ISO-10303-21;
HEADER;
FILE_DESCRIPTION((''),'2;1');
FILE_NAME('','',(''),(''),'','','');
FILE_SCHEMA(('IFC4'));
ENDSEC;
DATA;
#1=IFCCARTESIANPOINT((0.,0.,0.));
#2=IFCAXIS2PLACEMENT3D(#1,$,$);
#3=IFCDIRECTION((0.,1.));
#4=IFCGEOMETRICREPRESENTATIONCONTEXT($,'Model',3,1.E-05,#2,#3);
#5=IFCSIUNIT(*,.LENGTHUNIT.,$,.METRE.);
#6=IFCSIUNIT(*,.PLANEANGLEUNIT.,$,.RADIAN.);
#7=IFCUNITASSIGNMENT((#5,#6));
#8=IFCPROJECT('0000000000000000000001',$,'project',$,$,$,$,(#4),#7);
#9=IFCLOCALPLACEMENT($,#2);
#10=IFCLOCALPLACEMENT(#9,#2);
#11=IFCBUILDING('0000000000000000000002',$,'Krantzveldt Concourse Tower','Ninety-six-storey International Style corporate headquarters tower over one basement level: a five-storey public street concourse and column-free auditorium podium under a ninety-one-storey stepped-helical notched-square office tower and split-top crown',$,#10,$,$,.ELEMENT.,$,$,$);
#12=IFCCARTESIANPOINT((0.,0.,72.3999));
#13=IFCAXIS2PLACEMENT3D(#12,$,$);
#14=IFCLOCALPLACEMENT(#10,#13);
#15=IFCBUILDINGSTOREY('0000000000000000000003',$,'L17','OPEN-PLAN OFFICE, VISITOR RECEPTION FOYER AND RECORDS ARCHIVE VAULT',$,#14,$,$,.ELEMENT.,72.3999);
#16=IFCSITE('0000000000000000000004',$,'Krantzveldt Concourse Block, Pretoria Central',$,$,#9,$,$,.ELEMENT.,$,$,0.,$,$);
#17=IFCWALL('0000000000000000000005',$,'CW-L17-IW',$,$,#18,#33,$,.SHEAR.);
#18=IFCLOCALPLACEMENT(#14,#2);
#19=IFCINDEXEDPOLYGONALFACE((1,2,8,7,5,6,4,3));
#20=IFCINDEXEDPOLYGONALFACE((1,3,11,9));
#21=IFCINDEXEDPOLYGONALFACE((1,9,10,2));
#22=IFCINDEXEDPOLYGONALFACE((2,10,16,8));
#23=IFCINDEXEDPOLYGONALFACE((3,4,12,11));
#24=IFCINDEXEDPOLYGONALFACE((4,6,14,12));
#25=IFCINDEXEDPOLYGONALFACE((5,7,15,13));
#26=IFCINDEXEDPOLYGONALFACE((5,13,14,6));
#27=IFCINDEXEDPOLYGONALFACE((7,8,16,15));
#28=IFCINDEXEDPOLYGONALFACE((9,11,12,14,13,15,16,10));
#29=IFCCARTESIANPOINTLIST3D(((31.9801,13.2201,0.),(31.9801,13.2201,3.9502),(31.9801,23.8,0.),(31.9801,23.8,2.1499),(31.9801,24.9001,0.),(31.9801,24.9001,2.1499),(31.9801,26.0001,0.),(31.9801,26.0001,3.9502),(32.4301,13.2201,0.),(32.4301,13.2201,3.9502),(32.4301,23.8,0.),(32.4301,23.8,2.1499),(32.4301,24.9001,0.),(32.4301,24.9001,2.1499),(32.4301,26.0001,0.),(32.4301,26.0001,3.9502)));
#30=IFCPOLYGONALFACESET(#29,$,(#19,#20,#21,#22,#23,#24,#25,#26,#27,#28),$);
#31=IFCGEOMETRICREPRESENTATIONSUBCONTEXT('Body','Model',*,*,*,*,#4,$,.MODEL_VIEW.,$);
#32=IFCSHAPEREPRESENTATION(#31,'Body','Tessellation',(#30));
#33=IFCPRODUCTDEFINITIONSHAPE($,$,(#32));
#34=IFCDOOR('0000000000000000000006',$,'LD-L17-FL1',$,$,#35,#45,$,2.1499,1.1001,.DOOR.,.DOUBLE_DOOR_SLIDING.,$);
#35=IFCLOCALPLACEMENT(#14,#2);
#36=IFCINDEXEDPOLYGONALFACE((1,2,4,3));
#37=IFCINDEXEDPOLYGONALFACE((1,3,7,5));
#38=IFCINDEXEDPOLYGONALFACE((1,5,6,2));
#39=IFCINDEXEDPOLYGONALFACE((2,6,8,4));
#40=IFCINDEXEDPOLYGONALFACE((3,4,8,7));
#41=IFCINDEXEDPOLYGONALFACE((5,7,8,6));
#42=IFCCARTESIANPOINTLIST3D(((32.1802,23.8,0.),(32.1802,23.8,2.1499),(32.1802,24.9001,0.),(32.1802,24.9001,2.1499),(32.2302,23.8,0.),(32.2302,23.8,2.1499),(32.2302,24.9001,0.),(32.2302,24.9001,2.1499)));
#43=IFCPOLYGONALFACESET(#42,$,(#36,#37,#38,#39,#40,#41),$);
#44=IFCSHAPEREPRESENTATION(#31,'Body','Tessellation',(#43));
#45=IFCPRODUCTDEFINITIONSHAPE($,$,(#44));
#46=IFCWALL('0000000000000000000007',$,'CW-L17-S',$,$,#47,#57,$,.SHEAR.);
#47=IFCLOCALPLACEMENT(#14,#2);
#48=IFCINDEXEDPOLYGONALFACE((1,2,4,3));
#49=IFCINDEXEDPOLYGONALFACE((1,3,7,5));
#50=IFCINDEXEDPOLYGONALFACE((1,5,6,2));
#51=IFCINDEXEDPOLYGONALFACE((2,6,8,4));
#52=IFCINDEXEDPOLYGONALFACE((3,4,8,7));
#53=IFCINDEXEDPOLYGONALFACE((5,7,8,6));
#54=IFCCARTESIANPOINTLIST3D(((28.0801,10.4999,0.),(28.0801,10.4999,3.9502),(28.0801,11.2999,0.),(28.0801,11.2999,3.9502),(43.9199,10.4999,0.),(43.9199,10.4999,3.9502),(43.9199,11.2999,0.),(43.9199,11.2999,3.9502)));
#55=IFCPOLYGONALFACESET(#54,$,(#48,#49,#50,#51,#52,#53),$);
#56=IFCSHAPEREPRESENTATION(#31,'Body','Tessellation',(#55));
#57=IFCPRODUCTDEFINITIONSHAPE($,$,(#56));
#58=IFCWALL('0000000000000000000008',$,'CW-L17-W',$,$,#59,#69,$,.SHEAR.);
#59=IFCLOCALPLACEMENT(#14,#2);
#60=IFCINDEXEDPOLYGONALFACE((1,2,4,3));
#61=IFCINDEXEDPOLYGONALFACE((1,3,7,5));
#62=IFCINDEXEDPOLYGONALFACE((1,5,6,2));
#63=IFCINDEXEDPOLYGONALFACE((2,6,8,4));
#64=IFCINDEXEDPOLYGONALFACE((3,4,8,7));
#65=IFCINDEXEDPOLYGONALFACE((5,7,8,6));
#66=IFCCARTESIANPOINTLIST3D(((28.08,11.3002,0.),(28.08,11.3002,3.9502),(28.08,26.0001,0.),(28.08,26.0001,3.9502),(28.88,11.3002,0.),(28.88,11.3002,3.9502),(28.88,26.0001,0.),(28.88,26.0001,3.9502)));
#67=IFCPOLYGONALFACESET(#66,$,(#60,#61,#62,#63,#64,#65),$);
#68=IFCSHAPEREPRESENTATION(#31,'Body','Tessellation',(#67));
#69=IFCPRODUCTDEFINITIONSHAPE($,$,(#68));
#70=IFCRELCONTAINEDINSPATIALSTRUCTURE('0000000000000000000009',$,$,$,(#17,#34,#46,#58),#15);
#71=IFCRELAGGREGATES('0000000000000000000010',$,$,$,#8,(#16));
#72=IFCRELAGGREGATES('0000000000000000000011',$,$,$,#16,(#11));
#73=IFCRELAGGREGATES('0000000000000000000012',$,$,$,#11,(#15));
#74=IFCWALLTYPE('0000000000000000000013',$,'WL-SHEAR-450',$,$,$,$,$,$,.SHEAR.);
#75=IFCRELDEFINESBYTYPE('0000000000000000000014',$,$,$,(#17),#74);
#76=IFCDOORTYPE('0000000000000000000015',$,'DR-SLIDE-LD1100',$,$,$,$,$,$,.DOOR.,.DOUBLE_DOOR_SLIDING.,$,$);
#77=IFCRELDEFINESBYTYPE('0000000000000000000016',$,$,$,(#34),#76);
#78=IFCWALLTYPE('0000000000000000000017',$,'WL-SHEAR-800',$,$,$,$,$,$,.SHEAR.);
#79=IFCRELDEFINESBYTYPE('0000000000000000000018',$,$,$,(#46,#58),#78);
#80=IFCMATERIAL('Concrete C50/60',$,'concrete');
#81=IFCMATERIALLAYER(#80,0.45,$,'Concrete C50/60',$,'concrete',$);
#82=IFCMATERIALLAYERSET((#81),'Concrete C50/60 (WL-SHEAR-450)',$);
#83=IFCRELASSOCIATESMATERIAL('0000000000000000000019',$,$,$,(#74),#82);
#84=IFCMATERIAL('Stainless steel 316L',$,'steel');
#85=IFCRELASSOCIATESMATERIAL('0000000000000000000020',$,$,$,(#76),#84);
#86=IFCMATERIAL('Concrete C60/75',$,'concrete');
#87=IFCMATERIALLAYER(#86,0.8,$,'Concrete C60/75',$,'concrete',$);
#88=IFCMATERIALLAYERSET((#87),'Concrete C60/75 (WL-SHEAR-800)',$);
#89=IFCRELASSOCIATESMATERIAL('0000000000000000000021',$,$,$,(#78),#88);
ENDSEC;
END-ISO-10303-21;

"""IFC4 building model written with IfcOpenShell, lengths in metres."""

from ifc_helpers import new_model, si_unit, direction, frame, frame_2d, origin, place, context, subcontext, project, spatial, rectangle, extrude, material, layer, layer_set, type_object, element, fill, save


model = new_model("IFC4")

# Units and contexts
model_context = context("Model", 3, precision=1e-05, world=origin(), true_north=direction((0.0, 1.0)))
body_context = subcontext(model_context, "Body", "Model", "MODEL_VIEW")
ifc_project = project(units=[si_unit("LENGTHUNIT", "METRE"), si_unit("PLANEANGLEUNIT", "RADIAN")], contexts=[model_context])

# Site, building, storey
site_placement = place(None, origin())
site = spatial("IfcSite", under=ifc_project, at=site_placement, Name="Krantzveldt Concourse Block, Pretoria Central", CompositionType="ELEMENT", RefElevation=0.0)
building_placement = place(site_placement, origin())
building = spatial("IfcBuilding", under=site, at=building_placement, Name="Krantzveldt Concourse Tower", Description="Ninety-six-storey International Style corporate headquarters tower over one basement level: a five-storey public street concourse and column-free auditorium podium under a ninety-one-storey stepped-helical notched-square office tower and split-top crown", CompositionType="ELEMENT")
storey_placement = place(building_placement, frame((0.0, 0.0, 72.3999)))
storey = spatial("IfcBuildingStorey", under=building, at=storey_placement, Name="L17", Description="OPEN-PLAN OFFICE, VISITOR RECEPTION FOYER AND RECORDS ARCHIVE VAULT", CompositionType="ELEMENT", Elevation=72.3999)

# Wall, opening, door
ifc_material_1 = material(Name="Concrete C50/60", Category="concrete")
ifc_layer_1 = layer(ifc_material_1, 0.45, Name="Concrete C50/60", Category="concrete")
ifc_layer_set_1 = layer_set([ifc_layer_1], Name="Concrete C50/60 (WL-SHEAR-450)")
wall_type_1 = type_object("IfcWallType", Name="WL-SHEAR-450", PredefinedType="SHEAR", material=ifc_layer_set_1)
wall_1_placement = place(storey_placement, frame((32.2051, 13.22, 0.0), z_axis=(0.0, 0.0, 1.0), x_axis=(0.0, 1.0, 0.0)))
wall_1 = element("IfcWall", 1, at=wall_1_placement, inside=storey, type_object=wall_type_1, Name="CW-L17-IW", PredefinedType="SHEAR", context=body_context, shape_type="SweptSolid", body=[
    extrude(rectangle(XDim=12.78, YDim=0.45, at=frame_2d((6.3901, 0.0))), origin(), (0.0, 0.0, 1.0), 3.9502),
])
opening_1_placement = place(wall_1_placement, frame((10.5801, 0.0, 0.0)))
opening_1 = element("IfcOpeningElement", 2, at=opening_1_placement, cuts=wall_1, PredefinedType="OPENING", context=body_context, shape_type="SweptSolid", body=[
    extrude(rectangle(XDim=1.1001, YDim=2.1499, at=frame_2d((0.55, 1.075))), frame((0.0, 0.2349, 0.0), z_axis=(0.0, -1.0, 0.0), x_axis=(1.0, 0.0, 0.0)), (0.0, 0.0, 1.0), 0.47),
])
ifc_material_2 = material(Name="Stainless steel 316L", Category="steel")
door_type_1 = type_object("IfcDoorType", Name="DR-SLIDE-LD1100", OperationType="DOUBLE_DOOR_SLIDING", PredefinedType="DOOR", material=ifc_material_2)
door_1_placement = place(opening_1_placement, origin())
door_1 = element("IfcDoor", 3, at=door_1_placement, inside=storey, type_object=door_type_1, Name="LD-L17-FL1", OperationType="DOUBLE_DOOR_SLIDING", OverallHeight=2.1499, OverallWidth=1.1001, PredefinedType="DOOR", context=body_context, shape_type="SweptSolid", body=[
    extrude(rectangle(XDim=1.1001, YDim=2.1499, at=frame_2d((0.55, 1.075))), frame((0.0, 0.0249, 0.0), z_axis=(0.0, -1.0, 0.0), x_axis=(1.0, 0.0, 0.0)), (0.0, 0.0, 1.0), 0.05),
])
fill(opening_1, door_1)

# Walls
ifc_material_3 = material(Name="Concrete C60/75", Category="concrete")
ifc_layer_2 = layer(ifc_material_3, 0.8, Name="Concrete C60/75", Category="concrete")
ifc_layer_set_2 = layer_set([ifc_layer_2], Name="Concrete C60/75 (WL-SHEAR-800)")
wall_type_2 = type_object("IfcWallType", Name="WL-SHEAR-800", PredefinedType="SHEAR", material=ifc_layer_set_2)
wall_2_placement = place(storey_placement, frame((28.0801, 10.8999, 0.0), z_axis=(0.0, 0.0, 1.0), x_axis=(1.0, 0.0, 0.0)))
element("IfcWall", 4, at=wall_2_placement, inside=storey, type_object=wall_type_2, Name="CW-L17-S", PredefinedType="SHEAR", context=body_context, shape_type="SweptSolid", body=[
    extrude(rectangle(XDim=15.8398, YDim=0.8, at=frame_2d((7.9199, 0.0))), origin(), (0.0, 0.0, 1.0), 3.9502),
])
wall_3_placement = place(storey_placement, frame((28.48, 11.3, 0.0), z_axis=(0.0, 0.0, 1.0), x_axis=(0.0, 1.0, 0.0)))
element("IfcWall", 5, at=wall_3_placement, inside=storey, type_object=wall_type_2, Name="CW-L17-W", PredefinedType="SHEAR", context=body_context, shape_type="SweptSolid", body=[
    extrude(rectangle(XDim=14.7, YDim=0.8, at=frame_2d((7.3501, 0.0))), origin(), (0.0, 0.0, 1.0), 3.9502),
])

save(model, "model.ifc")
